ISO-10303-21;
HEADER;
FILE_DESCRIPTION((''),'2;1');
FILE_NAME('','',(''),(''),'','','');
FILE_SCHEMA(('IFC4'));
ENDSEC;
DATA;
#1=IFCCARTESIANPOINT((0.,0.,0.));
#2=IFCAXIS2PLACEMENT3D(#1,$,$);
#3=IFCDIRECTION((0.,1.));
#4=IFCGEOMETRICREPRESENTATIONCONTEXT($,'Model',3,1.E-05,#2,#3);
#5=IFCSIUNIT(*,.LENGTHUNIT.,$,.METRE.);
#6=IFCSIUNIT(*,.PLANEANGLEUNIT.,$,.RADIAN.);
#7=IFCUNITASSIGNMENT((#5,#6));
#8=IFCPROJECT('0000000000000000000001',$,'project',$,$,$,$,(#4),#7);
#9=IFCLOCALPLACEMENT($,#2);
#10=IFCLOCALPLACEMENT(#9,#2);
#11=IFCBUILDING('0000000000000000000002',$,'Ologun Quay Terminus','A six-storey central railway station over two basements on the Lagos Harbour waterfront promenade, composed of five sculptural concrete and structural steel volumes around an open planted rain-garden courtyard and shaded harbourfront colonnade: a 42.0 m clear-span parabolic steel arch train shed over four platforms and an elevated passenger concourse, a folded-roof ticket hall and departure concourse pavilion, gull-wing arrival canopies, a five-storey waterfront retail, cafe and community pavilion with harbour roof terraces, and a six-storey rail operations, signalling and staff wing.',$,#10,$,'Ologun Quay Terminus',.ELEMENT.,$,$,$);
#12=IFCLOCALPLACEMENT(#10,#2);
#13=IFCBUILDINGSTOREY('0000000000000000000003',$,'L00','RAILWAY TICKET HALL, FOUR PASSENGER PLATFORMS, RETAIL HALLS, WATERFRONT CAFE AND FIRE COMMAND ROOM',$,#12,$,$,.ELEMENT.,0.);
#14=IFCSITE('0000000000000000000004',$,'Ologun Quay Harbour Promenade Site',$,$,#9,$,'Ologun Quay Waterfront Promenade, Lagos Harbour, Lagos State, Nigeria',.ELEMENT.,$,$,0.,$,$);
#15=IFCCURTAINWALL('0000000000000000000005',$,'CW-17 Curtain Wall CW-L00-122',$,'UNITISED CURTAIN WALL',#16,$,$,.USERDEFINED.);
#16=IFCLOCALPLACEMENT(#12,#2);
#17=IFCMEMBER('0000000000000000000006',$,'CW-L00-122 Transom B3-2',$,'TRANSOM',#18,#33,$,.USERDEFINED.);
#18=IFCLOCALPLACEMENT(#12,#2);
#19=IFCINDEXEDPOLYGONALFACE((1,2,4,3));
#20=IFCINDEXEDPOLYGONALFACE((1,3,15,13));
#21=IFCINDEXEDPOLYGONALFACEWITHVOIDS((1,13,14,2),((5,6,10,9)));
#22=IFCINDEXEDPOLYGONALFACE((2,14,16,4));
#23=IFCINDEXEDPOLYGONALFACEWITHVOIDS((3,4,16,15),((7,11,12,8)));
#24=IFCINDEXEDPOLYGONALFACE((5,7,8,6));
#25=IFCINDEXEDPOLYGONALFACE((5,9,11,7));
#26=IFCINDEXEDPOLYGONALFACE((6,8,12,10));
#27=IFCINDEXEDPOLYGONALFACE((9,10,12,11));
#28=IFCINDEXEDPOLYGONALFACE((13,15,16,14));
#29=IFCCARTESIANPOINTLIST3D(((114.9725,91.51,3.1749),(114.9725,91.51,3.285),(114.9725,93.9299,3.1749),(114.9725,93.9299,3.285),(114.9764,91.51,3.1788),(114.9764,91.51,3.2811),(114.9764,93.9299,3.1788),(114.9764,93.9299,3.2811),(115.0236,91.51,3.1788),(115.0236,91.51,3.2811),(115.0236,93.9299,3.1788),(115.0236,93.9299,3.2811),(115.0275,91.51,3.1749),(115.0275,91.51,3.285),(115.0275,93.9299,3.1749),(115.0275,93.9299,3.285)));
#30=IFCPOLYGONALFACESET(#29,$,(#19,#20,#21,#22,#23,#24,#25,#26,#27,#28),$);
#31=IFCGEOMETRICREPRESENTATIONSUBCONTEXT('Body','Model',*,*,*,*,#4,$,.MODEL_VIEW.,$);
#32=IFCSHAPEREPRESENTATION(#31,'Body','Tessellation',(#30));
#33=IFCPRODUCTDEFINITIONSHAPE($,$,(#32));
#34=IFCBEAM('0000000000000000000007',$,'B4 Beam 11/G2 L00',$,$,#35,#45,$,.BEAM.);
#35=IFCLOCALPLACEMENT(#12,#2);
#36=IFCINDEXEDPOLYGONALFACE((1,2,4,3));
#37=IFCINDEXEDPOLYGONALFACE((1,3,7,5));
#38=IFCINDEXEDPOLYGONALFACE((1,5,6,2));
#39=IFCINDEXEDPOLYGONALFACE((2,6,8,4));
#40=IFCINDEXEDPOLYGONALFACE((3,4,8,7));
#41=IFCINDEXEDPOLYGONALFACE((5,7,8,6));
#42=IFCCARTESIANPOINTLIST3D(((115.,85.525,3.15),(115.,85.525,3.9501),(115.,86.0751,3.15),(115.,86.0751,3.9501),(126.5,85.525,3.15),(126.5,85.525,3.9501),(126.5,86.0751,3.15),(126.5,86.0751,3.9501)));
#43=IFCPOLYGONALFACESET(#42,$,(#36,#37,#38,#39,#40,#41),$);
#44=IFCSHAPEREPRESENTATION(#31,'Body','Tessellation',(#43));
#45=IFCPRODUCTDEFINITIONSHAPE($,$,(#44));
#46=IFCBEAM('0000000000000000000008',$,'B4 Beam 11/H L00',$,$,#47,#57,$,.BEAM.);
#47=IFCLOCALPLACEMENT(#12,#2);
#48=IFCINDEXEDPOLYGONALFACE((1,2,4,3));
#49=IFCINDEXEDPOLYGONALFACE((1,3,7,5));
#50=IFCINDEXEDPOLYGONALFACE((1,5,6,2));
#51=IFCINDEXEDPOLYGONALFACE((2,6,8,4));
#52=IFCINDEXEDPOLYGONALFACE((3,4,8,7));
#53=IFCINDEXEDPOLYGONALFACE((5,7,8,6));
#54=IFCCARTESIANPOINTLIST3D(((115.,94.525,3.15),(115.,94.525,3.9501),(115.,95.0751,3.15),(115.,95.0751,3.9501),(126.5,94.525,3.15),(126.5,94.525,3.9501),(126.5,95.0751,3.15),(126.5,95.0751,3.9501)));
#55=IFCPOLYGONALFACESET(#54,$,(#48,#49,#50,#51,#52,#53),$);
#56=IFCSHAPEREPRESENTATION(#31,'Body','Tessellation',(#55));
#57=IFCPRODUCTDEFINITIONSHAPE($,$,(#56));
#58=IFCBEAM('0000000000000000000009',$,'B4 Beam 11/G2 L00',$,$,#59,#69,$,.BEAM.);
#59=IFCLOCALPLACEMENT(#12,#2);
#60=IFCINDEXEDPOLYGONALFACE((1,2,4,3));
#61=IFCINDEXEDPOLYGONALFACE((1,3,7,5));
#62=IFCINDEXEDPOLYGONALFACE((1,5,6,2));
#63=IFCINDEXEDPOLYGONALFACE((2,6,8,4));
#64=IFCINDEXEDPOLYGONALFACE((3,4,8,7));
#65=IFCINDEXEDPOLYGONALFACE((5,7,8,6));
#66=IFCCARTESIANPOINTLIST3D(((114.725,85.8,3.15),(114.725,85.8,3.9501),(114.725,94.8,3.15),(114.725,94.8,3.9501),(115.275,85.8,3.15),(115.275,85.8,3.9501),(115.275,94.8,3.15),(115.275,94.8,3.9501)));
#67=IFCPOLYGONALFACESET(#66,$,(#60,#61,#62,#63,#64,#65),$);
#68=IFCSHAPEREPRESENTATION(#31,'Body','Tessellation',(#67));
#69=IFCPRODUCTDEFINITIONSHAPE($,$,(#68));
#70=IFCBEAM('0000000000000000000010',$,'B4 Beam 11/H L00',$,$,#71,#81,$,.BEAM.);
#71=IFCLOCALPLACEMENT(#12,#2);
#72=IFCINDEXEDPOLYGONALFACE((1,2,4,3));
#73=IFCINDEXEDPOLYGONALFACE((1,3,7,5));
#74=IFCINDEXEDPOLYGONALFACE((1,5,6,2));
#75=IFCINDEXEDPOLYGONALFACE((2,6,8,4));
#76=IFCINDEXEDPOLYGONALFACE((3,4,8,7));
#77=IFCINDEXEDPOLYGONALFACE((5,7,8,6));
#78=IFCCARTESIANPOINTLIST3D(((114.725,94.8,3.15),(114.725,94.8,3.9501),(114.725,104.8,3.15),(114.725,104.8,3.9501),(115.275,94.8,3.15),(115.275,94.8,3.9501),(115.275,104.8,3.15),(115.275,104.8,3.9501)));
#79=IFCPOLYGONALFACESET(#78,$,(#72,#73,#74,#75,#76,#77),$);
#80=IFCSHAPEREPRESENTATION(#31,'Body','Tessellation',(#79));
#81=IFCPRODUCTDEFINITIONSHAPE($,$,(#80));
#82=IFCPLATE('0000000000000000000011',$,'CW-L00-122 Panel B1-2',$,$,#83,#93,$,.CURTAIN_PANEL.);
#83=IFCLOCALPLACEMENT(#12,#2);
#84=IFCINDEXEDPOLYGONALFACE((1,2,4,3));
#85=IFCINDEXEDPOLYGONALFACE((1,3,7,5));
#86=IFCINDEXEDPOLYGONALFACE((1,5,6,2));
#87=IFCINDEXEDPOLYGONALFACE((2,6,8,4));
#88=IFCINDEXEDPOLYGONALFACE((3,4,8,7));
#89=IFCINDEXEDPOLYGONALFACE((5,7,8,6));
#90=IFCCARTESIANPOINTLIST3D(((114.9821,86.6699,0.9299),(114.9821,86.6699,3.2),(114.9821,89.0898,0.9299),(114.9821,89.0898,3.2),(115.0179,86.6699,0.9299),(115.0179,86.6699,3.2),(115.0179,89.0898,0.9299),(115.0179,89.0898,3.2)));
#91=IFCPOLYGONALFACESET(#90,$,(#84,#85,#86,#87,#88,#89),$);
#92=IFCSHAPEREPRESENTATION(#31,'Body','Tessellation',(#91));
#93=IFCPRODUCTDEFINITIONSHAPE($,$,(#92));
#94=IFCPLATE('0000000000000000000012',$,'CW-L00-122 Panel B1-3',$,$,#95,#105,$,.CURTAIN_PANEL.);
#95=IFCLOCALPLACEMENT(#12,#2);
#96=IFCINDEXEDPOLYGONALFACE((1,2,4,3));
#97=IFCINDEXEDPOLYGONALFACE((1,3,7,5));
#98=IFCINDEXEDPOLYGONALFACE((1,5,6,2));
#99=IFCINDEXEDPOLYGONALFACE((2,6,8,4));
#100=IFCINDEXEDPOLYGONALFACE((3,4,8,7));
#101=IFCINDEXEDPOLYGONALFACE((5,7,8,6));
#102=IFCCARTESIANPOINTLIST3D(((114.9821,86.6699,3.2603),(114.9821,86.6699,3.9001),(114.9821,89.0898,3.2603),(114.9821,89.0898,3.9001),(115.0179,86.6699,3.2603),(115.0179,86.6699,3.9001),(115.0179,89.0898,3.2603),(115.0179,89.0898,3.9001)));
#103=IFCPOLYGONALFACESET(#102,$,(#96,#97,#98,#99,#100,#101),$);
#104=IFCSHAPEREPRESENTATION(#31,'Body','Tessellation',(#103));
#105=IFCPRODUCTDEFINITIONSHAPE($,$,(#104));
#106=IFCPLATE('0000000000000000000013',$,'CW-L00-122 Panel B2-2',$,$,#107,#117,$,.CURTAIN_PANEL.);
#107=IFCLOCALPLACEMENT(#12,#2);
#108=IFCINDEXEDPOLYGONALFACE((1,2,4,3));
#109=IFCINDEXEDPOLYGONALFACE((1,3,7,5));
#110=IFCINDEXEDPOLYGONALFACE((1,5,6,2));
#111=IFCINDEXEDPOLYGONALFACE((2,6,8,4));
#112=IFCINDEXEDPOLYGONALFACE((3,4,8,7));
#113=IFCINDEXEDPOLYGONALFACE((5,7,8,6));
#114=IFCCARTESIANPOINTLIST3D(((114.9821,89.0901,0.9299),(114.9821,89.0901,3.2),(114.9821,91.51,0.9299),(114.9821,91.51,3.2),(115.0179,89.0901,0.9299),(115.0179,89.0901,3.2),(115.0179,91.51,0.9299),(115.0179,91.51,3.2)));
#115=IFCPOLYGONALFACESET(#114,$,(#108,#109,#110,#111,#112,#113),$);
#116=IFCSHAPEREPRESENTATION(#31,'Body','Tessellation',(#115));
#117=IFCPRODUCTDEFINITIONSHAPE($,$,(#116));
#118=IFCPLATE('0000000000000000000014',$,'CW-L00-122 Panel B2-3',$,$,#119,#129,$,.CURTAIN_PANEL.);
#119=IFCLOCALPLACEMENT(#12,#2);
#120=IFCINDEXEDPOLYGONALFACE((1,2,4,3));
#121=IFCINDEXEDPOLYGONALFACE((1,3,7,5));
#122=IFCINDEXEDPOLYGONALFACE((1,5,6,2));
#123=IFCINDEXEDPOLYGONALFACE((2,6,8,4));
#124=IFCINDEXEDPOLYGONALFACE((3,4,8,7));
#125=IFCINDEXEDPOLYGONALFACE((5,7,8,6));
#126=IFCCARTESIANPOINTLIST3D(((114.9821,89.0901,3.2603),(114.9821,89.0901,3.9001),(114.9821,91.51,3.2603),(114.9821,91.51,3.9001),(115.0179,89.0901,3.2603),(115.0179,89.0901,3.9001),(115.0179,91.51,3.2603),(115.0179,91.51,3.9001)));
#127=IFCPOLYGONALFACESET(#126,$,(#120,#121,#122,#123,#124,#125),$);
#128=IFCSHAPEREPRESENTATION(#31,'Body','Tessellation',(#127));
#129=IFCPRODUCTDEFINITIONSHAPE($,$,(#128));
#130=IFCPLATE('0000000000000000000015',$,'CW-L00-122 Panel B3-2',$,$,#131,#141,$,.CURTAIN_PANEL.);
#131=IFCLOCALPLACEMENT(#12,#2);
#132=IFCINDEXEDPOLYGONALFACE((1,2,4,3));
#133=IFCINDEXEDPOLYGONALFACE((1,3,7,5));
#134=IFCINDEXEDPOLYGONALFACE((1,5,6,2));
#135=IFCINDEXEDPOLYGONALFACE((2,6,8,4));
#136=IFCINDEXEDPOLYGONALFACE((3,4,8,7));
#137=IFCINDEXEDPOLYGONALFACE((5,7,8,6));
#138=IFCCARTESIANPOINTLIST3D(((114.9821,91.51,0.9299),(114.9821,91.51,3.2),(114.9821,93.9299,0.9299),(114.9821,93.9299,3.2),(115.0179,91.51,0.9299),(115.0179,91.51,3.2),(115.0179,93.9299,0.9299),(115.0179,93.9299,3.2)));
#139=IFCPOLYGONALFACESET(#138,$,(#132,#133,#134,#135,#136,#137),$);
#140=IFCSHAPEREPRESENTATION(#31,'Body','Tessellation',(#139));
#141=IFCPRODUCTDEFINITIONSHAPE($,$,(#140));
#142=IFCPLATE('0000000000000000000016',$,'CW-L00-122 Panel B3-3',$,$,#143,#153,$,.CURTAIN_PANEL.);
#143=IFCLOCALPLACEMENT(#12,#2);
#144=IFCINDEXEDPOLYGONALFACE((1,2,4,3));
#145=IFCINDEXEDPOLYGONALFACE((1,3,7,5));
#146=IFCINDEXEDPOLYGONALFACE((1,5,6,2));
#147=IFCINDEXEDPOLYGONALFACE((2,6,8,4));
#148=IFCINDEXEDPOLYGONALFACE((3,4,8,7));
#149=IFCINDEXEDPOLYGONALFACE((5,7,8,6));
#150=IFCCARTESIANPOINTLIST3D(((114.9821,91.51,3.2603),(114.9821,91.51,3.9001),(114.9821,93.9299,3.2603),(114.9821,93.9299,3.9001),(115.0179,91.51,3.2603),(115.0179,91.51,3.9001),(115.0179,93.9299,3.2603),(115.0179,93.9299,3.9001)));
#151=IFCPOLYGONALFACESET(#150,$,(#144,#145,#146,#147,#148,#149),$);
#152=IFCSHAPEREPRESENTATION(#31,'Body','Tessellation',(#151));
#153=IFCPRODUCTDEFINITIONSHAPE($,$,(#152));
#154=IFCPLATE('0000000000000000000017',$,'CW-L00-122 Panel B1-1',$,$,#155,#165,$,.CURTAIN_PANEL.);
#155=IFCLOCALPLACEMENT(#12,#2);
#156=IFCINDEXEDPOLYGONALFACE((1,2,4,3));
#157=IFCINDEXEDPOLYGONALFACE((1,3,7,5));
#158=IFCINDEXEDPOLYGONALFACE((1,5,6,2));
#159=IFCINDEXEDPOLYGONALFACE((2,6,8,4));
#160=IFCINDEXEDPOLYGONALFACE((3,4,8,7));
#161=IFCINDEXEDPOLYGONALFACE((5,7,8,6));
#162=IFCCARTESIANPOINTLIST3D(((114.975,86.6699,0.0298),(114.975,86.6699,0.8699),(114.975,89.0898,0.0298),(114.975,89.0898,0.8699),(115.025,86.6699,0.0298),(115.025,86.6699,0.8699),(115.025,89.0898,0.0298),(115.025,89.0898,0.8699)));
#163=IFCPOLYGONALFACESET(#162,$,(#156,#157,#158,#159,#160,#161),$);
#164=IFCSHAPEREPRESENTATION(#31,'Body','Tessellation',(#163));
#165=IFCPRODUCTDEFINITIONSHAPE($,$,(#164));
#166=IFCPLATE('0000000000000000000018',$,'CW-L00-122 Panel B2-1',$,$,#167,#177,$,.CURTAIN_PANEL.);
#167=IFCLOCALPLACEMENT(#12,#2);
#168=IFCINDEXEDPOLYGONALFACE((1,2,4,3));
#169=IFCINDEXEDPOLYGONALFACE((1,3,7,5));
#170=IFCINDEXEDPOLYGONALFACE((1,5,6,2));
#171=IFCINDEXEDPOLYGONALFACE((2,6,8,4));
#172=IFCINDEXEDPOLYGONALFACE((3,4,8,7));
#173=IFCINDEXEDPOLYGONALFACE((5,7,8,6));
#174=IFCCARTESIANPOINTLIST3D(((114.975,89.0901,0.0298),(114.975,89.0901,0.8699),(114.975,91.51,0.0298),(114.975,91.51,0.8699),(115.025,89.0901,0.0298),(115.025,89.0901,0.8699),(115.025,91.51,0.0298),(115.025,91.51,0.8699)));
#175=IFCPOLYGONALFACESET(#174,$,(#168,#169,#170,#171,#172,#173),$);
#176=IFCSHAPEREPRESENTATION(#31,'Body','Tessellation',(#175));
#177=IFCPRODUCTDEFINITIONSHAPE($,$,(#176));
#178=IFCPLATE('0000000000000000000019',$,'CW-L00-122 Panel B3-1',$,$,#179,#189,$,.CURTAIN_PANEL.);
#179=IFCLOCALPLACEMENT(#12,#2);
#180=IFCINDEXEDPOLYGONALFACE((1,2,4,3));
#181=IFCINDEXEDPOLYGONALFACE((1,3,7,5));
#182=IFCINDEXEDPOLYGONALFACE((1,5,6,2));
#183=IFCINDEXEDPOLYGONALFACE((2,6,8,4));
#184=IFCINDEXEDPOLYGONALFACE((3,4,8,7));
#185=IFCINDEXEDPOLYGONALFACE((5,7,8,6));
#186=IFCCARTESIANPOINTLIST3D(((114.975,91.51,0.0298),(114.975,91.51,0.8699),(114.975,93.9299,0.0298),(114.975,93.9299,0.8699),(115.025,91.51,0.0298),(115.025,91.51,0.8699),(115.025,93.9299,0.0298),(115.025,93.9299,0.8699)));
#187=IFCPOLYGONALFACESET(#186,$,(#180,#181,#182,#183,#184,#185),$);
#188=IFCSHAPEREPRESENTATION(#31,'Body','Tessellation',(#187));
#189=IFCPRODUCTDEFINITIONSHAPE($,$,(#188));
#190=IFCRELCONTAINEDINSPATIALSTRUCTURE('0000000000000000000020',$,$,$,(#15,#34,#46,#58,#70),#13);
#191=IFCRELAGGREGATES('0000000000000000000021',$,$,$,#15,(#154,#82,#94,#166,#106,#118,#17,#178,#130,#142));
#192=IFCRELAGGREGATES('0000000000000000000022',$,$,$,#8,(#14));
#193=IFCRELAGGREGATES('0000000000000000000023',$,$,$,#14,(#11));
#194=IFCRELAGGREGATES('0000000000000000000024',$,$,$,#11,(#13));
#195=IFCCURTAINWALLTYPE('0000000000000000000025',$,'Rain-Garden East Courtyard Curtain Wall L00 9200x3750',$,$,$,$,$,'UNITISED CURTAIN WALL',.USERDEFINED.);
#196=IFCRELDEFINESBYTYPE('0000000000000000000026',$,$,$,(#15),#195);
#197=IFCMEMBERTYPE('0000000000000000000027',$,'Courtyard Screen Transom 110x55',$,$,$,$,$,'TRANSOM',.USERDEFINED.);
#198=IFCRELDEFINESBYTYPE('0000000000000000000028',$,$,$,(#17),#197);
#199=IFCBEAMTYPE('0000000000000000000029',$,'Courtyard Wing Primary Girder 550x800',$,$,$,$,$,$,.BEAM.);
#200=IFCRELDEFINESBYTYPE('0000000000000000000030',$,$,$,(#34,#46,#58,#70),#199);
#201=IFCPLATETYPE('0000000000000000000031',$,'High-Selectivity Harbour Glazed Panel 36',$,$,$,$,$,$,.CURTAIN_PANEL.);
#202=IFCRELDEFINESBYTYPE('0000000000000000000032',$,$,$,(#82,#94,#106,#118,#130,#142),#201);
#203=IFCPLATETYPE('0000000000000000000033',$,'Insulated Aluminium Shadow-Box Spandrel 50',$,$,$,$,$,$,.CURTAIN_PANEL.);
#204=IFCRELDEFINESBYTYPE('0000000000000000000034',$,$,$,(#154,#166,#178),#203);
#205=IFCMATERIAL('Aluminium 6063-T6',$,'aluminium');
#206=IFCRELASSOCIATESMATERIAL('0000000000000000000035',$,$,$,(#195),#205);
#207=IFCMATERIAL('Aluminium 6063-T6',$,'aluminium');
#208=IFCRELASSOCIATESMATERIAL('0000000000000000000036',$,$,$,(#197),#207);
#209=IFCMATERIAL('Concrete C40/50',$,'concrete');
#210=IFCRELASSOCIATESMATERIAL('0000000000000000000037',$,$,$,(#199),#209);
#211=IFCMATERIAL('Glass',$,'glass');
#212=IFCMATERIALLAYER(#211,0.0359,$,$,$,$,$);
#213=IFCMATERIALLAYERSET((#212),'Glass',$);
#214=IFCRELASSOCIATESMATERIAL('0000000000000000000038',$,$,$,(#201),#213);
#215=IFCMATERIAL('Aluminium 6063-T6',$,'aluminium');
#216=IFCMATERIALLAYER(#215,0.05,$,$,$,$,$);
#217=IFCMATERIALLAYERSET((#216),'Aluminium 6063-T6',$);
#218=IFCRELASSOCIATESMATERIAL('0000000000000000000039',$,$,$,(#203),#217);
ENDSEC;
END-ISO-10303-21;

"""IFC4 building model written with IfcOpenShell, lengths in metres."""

from ifc_helpers import new_model, si_unit, direction, frame, origin, origin_2d, place, context, subcontext, project, spatial, rectangle, hollow_rectangle, extrude, material, layer, layer_set, material_profile, profile_set, type_object, element, aggregate, save


model = new_model("IFC4")

# Units and contexts
model_context = context("Model", 3, precision=1e-05, world=origin(), true_north=direction((0.0, 1.0)))
body_context = subcontext(model_context, "Body", "Model", "MODEL_VIEW")
ifc_project = project(units=[si_unit("LENGTHUNIT", "METRE"), si_unit("PLANEANGLEUNIT", "RADIAN")], contexts=[model_context])

# Site, building, storey
site_placement = place(None, origin())
site = spatial("IfcSite", under=ifc_project, at=site_placement, Name="Ologun Quay Harbour Promenade Site", LongName="Ologun Quay Waterfront Promenade, Lagos Harbour, Lagos State, Nigeria", CompositionType="ELEMENT", RefElevation=0.0)
building_placement = place(site_placement, origin())
building = spatial("IfcBuilding", under=site, at=building_placement, Name="Ologun Quay Terminus", Description="A six-storey central railway station over two basements on the Lagos Harbour waterfront promenade, composed of five sculptural concrete and structural steel volumes around an open planted rain-garden courtyard and shaded harbourfront colonnade: a 42.0 m clear-span parabolic steel arch train shed over four platforms and an elevated passenger concourse, a folded-roof ticket hall and departure concourse pavilion, gull-wing arrival canopies, a five-storey waterfront retail, cafe and community pavilion with harbour roof terraces, and a six-storey rail operations, signalling and staff wing.", LongName="Ologun Quay Terminus", CompositionType="ELEMENT")
storey_placement = place(building_placement, origin())
storey = spatial("IfcBuildingStorey", under=building, at=storey_placement, Name="L00", Description="RAILWAY TICKET HALL, FOUR PASSENGER PLATFORMS, RETAIL HALLS, WATERFRONT CAFE AND FIRE COMMAND ROOM", CompositionType="ELEMENT", Elevation=0.0)

# Curtain wall, member
ifc_material_1 = material(Name="Aluminium 6063-T6", Category="aluminium")
curtain_wall_type = type_object("IfcCurtainWallType", Name="Rain-Garden East Courtyard Curtain Wall L00 9200x3750", ElementType="UNITISED CURTAIN WALL", PredefinedType="USERDEFINED", material=ifc_material_1)
curtain_wall_placement = place(storey_placement, origin())
curtain_wall = element("IfcCurtainWall", 1, at=curtain_wall_placement, inside=storey, type_object=curtain_wall_type, Name="CW-17 Curtain Wall CW-L00-122", ObjectType="UNITISED CURTAIN WALL", PredefinedType="USERDEFINED")
ifc_material_2 = material(Name="Aluminium 6063-T6", Category="aluminium")
ifc_material_profile_1 = material_profile(ifc_material_2, hollow_rectangle(XDim=0.0549, YDim=0.1101, WallThickness=0.0039, at=origin_2d()), Name="ALU 110x55x4")
ifc_profile_set_1 = profile_set([ifc_material_profile_1], Name="Aluminium 6063-T6")
member_type_1 = type_object("IfcMemberType", Name="Courtyard Screen Transom 110x55", ElementType="TRANSOM", PredefinedType="USERDEFINED", material=ifc_profile_set_1)
member_1_placement = place(storey_placement, frame((115.0, 91.51, 3.23), z_axis=(0.0, 1.0, 0.0), x_axis=(-1.0, 0.0, 0.0)))
member_1 = element("IfcMember", 2, at=member_1_placement, type_object=member_type_1, Name="CW-L00-122 Transom B3-2", ObjectType="TRANSOM", PredefinedType="USERDEFINED", context=body_context, shape_type="SweptSolid", body=[
    extrude(hollow_rectangle(XDim=0.0549, YDim=0.1101, WallThickness=0.0039, at=origin_2d()), origin(), (0.0, 0.0, 1.0), 2.4199),
])

# Beams
ifc_material_3 = material(Name="Concrete C40/50", Category="concrete")
ifc_material_profile_2 = material_profile(ifc_material_3, rectangle(XDim=0.55, YDim=0.8, at=origin_2d()), Name="RC 550x800")
ifc_profile_set_2 = profile_set([ifc_material_profile_2], Name="Concrete C40/50")
beam_type = type_object("IfcBeamType", Name="Courtyard Wing Primary Girder 550x800", PredefinedType="BEAM", material=ifc_profile_set_2)
for number, where, z_axis, x_axis, name in (
    (3, (115.0, 85.8, 3.55), (1.0, 0.0, 0.0), (0.0, 1.0, 0.0), "B4 Beam 11/G2 L00"),
    (4, (115.0, 94.8, 3.55), (1.0, 0.0, 0.0), (0.0, 1.0, 0.0), "B4 Beam 11/H L00"),
):
    element("IfcBeam", number, at=place(storey_placement, frame(where, z_axis=z_axis, x_axis=x_axis)), inside=storey, type_object=beam_type, Name=name, PredefinedType="BEAM", context=body_context, shape_type="SweptSolid", body=[
        extrude(rectangle(XDim=0.55, YDim=0.8, at=origin_2d()), origin(), (0.0, 0.0, 1.0), 11.5),
    ])
beam_1_placement = place(storey_placement, frame((115.0, 85.8, 3.55), z_axis=(0.0, 1.0, 0.0), x_axis=(-1.0, 0.0, 0.0)))
element("IfcBeam", 5, at=beam_1_placement, inside=storey, type_object=beam_type, Name="B4 Beam 11/G2 L00", PredefinedType="BEAM", context=body_context, shape_type="SweptSolid", body=[
    extrude(rectangle(XDim=0.55, YDim=0.8, at=origin_2d()), origin(), (0.0, 0.0, 1.0), 9.0),
])
beam_2_placement = place(storey_placement, frame((115.0, 94.8, 3.55), z_axis=(0.0, 1.0, 0.0), x_axis=(-1.0, 0.0, 0.0)))
element("IfcBeam", 6, at=beam_2_placement, inside=storey, type_object=beam_type, Name="B4 Beam 11/H L00", PredefinedType="BEAM", context=body_context, shape_type="SweptSolid", body=[
    extrude(rectangle(XDim=0.55, YDim=0.8, at=origin_2d()), origin(), (0.0, 0.0, 1.0), 10.0),
])

# Plates
ifc_material_4 = material(Name="Glass", Category="glass")
ifc_layer_1 = layer(ifc_material_4, 0.0359)
ifc_layer_set_1 = layer_set([ifc_layer_1], Name="Glass")
plate_type_1 = type_object("IfcPlateType", Name="High-Selectivity Harbour Glazed Panel 36", PredefinedType="CURTAIN_PANEL", material=ifc_layer_set_1)
plate_1_placement = place(storey_placement, frame((115.0, 87.8799, 0.9299), z_axis=(0.0, 0.0, 1.0), x_axis=(0.0, 1.0, 0.0)))
plate_1 = element("IfcPlate", 7, at=plate_1_placement, type_object=plate_type_1, Name="CW-L00-122 Panel B1-2", PredefinedType="CURTAIN_PANEL", context=body_context, shape_type="SweptSolid", body=[
    extrude(rectangle(XDim=2.4199, YDim=0.0359, at=origin_2d()), origin(), (0.0, 0.0, 1.0), 2.27),
])
plate_2_placement = place(storey_placement, frame((115.0, 87.8799, 3.2603), z_axis=(0.0, 0.0, 1.0), x_axis=(0.0, 1.0, 0.0)))
plate_2 = element("IfcPlate", 8, at=plate_2_placement, type_object=plate_type_1, Name="CW-L00-122 Panel B1-3", PredefinedType="CURTAIN_PANEL", context=body_context, shape_type="SweptSolid", body=[
    extrude(rectangle(XDim=2.4199, YDim=0.0359, at=origin_2d()), origin(), (0.0, 0.0, 1.0), 0.6399),
])
plate_3_placement = place(storey_placement, frame((115.0, 90.3, 0.9299), z_axis=(0.0, 0.0, 1.0), x_axis=(0.0, 1.0, 0.0)))
plate_3 = element("IfcPlate", 9, at=plate_3_placement, type_object=plate_type_1, Name="CW-L00-122 Panel B2-2", PredefinedType="CURTAIN_PANEL", context=body_context, shape_type="SweptSolid", body=[
    extrude(rectangle(XDim=2.4199, YDim=0.0359, at=origin_2d()), origin(), (0.0, 0.0, 1.0), 2.27),
])
plate_4_placement = place(storey_placement, frame((115.0, 90.3, 3.2603), z_axis=(0.0, 0.0, 1.0), x_axis=(0.0, 1.0, 0.0)))
plate_4 = element("IfcPlate", 10, at=plate_4_placement, type_object=plate_type_1, Name="CW-L00-122 Panel B2-3", PredefinedType="CURTAIN_PANEL", context=body_context, shape_type="SweptSolid", body=[
    extrude(rectangle(XDim=2.4199, YDim=0.0359, at=origin_2d()), origin(), (0.0, 0.0, 1.0), 0.6399),
])
plate_5_placement = place(storey_placement, frame((115.0, 92.72, 0.9299), z_axis=(0.0, 0.0, 1.0), x_axis=(0.0, 1.0, 0.0)))
plate_5 = element("IfcPlate", 11, at=plate_5_placement, type_object=plate_type_1, Name="CW-L00-122 Panel B3-2", PredefinedType="CURTAIN_PANEL", context=body_context, shape_type="SweptSolid", body=[
    extrude(rectangle(XDim=2.4199, YDim=0.0359, at=origin_2d()), origin(), (0.0, 0.0, 1.0), 2.27),
])
plate_6_placement = place(storey_placement, frame((115.0, 92.72, 3.2603), z_axis=(0.0, 0.0, 1.0), x_axis=(0.0, 1.0, 0.0)))
plate_6 = element("IfcPlate", 12, at=plate_6_placement, type_object=plate_type_1, Name="CW-L00-122 Panel B3-3", PredefinedType="CURTAIN_PANEL", context=body_context, shape_type="SweptSolid", body=[
    extrude(rectangle(XDim=2.4199, YDim=0.0359, at=origin_2d()), origin(), (0.0, 0.0, 1.0), 0.6399),
])
ifc_material_5 = material(Name="Aluminium 6063-T6", Category="aluminium")
ifc_layer_2 = layer(ifc_material_5, 0.05)
ifc_layer_set_2 = layer_set([ifc_layer_2], Name="Aluminium 6063-T6")
plate_type_2 = type_object("IfcPlateType", Name="Insulated Aluminium Shadow-Box Spandrel 50", PredefinedType="CURTAIN_PANEL", material=ifc_layer_set_2)
plate_7_placement = place(storey_placement, frame((115.0, 87.8799, 0.0298), z_axis=(0.0, 0.0, 1.0), x_axis=(0.0, 1.0, 0.0)))
plate_7 = element("IfcPlate", 13, at=plate_7_placement, type_object=plate_type_2, Name="CW-L00-122 Panel B1-1", PredefinedType="CURTAIN_PANEL", context=body_context, shape_type="SweptSolid", body=[
    extrude(rectangle(XDim=2.4199, YDim=0.05, at=origin_2d()), origin(), (0.0, 0.0, 1.0), 0.8401),
])
plate_8_placement = place(storey_placement, frame((115.0, 90.3, 0.0298), z_axis=(0.0, 0.0, 1.0), x_axis=(0.0, 1.0, 0.0)))
plate_8 = element("IfcPlate", 14, at=plate_8_placement, type_object=plate_type_2, Name="CW-L00-122 Panel B2-1", PredefinedType="CURTAIN_PANEL", context=body_context, shape_type="SweptSolid", body=[
    extrude(rectangle(XDim=2.4199, YDim=0.05, at=origin_2d()), origin(), (0.0, 0.0, 1.0), 0.8401),
])
plate_9_placement = place(storey_placement, frame((115.0, 92.72, 0.0298), z_axis=(0.0, 0.0, 1.0), x_axis=(0.0, 1.0, 0.0)))
plate_9 = element("IfcPlate", 15, at=plate_9_placement, type_object=plate_type_2, Name="CW-L00-122 Panel B3-1", PredefinedType="CURTAIN_PANEL", context=body_context, shape_type="SweptSolid", body=[
    extrude(rectangle(XDim=2.4199, YDim=0.05, at=origin_2d()), origin(), (0.0, 0.0, 1.0), 0.8401),
])
aggregate(curtain_wall, [plate_7, plate_1, plate_2, plate_8, plate_3, plate_4, member_1, plate_9, plate_5, plate_6])

save(model, "model.ifc")
